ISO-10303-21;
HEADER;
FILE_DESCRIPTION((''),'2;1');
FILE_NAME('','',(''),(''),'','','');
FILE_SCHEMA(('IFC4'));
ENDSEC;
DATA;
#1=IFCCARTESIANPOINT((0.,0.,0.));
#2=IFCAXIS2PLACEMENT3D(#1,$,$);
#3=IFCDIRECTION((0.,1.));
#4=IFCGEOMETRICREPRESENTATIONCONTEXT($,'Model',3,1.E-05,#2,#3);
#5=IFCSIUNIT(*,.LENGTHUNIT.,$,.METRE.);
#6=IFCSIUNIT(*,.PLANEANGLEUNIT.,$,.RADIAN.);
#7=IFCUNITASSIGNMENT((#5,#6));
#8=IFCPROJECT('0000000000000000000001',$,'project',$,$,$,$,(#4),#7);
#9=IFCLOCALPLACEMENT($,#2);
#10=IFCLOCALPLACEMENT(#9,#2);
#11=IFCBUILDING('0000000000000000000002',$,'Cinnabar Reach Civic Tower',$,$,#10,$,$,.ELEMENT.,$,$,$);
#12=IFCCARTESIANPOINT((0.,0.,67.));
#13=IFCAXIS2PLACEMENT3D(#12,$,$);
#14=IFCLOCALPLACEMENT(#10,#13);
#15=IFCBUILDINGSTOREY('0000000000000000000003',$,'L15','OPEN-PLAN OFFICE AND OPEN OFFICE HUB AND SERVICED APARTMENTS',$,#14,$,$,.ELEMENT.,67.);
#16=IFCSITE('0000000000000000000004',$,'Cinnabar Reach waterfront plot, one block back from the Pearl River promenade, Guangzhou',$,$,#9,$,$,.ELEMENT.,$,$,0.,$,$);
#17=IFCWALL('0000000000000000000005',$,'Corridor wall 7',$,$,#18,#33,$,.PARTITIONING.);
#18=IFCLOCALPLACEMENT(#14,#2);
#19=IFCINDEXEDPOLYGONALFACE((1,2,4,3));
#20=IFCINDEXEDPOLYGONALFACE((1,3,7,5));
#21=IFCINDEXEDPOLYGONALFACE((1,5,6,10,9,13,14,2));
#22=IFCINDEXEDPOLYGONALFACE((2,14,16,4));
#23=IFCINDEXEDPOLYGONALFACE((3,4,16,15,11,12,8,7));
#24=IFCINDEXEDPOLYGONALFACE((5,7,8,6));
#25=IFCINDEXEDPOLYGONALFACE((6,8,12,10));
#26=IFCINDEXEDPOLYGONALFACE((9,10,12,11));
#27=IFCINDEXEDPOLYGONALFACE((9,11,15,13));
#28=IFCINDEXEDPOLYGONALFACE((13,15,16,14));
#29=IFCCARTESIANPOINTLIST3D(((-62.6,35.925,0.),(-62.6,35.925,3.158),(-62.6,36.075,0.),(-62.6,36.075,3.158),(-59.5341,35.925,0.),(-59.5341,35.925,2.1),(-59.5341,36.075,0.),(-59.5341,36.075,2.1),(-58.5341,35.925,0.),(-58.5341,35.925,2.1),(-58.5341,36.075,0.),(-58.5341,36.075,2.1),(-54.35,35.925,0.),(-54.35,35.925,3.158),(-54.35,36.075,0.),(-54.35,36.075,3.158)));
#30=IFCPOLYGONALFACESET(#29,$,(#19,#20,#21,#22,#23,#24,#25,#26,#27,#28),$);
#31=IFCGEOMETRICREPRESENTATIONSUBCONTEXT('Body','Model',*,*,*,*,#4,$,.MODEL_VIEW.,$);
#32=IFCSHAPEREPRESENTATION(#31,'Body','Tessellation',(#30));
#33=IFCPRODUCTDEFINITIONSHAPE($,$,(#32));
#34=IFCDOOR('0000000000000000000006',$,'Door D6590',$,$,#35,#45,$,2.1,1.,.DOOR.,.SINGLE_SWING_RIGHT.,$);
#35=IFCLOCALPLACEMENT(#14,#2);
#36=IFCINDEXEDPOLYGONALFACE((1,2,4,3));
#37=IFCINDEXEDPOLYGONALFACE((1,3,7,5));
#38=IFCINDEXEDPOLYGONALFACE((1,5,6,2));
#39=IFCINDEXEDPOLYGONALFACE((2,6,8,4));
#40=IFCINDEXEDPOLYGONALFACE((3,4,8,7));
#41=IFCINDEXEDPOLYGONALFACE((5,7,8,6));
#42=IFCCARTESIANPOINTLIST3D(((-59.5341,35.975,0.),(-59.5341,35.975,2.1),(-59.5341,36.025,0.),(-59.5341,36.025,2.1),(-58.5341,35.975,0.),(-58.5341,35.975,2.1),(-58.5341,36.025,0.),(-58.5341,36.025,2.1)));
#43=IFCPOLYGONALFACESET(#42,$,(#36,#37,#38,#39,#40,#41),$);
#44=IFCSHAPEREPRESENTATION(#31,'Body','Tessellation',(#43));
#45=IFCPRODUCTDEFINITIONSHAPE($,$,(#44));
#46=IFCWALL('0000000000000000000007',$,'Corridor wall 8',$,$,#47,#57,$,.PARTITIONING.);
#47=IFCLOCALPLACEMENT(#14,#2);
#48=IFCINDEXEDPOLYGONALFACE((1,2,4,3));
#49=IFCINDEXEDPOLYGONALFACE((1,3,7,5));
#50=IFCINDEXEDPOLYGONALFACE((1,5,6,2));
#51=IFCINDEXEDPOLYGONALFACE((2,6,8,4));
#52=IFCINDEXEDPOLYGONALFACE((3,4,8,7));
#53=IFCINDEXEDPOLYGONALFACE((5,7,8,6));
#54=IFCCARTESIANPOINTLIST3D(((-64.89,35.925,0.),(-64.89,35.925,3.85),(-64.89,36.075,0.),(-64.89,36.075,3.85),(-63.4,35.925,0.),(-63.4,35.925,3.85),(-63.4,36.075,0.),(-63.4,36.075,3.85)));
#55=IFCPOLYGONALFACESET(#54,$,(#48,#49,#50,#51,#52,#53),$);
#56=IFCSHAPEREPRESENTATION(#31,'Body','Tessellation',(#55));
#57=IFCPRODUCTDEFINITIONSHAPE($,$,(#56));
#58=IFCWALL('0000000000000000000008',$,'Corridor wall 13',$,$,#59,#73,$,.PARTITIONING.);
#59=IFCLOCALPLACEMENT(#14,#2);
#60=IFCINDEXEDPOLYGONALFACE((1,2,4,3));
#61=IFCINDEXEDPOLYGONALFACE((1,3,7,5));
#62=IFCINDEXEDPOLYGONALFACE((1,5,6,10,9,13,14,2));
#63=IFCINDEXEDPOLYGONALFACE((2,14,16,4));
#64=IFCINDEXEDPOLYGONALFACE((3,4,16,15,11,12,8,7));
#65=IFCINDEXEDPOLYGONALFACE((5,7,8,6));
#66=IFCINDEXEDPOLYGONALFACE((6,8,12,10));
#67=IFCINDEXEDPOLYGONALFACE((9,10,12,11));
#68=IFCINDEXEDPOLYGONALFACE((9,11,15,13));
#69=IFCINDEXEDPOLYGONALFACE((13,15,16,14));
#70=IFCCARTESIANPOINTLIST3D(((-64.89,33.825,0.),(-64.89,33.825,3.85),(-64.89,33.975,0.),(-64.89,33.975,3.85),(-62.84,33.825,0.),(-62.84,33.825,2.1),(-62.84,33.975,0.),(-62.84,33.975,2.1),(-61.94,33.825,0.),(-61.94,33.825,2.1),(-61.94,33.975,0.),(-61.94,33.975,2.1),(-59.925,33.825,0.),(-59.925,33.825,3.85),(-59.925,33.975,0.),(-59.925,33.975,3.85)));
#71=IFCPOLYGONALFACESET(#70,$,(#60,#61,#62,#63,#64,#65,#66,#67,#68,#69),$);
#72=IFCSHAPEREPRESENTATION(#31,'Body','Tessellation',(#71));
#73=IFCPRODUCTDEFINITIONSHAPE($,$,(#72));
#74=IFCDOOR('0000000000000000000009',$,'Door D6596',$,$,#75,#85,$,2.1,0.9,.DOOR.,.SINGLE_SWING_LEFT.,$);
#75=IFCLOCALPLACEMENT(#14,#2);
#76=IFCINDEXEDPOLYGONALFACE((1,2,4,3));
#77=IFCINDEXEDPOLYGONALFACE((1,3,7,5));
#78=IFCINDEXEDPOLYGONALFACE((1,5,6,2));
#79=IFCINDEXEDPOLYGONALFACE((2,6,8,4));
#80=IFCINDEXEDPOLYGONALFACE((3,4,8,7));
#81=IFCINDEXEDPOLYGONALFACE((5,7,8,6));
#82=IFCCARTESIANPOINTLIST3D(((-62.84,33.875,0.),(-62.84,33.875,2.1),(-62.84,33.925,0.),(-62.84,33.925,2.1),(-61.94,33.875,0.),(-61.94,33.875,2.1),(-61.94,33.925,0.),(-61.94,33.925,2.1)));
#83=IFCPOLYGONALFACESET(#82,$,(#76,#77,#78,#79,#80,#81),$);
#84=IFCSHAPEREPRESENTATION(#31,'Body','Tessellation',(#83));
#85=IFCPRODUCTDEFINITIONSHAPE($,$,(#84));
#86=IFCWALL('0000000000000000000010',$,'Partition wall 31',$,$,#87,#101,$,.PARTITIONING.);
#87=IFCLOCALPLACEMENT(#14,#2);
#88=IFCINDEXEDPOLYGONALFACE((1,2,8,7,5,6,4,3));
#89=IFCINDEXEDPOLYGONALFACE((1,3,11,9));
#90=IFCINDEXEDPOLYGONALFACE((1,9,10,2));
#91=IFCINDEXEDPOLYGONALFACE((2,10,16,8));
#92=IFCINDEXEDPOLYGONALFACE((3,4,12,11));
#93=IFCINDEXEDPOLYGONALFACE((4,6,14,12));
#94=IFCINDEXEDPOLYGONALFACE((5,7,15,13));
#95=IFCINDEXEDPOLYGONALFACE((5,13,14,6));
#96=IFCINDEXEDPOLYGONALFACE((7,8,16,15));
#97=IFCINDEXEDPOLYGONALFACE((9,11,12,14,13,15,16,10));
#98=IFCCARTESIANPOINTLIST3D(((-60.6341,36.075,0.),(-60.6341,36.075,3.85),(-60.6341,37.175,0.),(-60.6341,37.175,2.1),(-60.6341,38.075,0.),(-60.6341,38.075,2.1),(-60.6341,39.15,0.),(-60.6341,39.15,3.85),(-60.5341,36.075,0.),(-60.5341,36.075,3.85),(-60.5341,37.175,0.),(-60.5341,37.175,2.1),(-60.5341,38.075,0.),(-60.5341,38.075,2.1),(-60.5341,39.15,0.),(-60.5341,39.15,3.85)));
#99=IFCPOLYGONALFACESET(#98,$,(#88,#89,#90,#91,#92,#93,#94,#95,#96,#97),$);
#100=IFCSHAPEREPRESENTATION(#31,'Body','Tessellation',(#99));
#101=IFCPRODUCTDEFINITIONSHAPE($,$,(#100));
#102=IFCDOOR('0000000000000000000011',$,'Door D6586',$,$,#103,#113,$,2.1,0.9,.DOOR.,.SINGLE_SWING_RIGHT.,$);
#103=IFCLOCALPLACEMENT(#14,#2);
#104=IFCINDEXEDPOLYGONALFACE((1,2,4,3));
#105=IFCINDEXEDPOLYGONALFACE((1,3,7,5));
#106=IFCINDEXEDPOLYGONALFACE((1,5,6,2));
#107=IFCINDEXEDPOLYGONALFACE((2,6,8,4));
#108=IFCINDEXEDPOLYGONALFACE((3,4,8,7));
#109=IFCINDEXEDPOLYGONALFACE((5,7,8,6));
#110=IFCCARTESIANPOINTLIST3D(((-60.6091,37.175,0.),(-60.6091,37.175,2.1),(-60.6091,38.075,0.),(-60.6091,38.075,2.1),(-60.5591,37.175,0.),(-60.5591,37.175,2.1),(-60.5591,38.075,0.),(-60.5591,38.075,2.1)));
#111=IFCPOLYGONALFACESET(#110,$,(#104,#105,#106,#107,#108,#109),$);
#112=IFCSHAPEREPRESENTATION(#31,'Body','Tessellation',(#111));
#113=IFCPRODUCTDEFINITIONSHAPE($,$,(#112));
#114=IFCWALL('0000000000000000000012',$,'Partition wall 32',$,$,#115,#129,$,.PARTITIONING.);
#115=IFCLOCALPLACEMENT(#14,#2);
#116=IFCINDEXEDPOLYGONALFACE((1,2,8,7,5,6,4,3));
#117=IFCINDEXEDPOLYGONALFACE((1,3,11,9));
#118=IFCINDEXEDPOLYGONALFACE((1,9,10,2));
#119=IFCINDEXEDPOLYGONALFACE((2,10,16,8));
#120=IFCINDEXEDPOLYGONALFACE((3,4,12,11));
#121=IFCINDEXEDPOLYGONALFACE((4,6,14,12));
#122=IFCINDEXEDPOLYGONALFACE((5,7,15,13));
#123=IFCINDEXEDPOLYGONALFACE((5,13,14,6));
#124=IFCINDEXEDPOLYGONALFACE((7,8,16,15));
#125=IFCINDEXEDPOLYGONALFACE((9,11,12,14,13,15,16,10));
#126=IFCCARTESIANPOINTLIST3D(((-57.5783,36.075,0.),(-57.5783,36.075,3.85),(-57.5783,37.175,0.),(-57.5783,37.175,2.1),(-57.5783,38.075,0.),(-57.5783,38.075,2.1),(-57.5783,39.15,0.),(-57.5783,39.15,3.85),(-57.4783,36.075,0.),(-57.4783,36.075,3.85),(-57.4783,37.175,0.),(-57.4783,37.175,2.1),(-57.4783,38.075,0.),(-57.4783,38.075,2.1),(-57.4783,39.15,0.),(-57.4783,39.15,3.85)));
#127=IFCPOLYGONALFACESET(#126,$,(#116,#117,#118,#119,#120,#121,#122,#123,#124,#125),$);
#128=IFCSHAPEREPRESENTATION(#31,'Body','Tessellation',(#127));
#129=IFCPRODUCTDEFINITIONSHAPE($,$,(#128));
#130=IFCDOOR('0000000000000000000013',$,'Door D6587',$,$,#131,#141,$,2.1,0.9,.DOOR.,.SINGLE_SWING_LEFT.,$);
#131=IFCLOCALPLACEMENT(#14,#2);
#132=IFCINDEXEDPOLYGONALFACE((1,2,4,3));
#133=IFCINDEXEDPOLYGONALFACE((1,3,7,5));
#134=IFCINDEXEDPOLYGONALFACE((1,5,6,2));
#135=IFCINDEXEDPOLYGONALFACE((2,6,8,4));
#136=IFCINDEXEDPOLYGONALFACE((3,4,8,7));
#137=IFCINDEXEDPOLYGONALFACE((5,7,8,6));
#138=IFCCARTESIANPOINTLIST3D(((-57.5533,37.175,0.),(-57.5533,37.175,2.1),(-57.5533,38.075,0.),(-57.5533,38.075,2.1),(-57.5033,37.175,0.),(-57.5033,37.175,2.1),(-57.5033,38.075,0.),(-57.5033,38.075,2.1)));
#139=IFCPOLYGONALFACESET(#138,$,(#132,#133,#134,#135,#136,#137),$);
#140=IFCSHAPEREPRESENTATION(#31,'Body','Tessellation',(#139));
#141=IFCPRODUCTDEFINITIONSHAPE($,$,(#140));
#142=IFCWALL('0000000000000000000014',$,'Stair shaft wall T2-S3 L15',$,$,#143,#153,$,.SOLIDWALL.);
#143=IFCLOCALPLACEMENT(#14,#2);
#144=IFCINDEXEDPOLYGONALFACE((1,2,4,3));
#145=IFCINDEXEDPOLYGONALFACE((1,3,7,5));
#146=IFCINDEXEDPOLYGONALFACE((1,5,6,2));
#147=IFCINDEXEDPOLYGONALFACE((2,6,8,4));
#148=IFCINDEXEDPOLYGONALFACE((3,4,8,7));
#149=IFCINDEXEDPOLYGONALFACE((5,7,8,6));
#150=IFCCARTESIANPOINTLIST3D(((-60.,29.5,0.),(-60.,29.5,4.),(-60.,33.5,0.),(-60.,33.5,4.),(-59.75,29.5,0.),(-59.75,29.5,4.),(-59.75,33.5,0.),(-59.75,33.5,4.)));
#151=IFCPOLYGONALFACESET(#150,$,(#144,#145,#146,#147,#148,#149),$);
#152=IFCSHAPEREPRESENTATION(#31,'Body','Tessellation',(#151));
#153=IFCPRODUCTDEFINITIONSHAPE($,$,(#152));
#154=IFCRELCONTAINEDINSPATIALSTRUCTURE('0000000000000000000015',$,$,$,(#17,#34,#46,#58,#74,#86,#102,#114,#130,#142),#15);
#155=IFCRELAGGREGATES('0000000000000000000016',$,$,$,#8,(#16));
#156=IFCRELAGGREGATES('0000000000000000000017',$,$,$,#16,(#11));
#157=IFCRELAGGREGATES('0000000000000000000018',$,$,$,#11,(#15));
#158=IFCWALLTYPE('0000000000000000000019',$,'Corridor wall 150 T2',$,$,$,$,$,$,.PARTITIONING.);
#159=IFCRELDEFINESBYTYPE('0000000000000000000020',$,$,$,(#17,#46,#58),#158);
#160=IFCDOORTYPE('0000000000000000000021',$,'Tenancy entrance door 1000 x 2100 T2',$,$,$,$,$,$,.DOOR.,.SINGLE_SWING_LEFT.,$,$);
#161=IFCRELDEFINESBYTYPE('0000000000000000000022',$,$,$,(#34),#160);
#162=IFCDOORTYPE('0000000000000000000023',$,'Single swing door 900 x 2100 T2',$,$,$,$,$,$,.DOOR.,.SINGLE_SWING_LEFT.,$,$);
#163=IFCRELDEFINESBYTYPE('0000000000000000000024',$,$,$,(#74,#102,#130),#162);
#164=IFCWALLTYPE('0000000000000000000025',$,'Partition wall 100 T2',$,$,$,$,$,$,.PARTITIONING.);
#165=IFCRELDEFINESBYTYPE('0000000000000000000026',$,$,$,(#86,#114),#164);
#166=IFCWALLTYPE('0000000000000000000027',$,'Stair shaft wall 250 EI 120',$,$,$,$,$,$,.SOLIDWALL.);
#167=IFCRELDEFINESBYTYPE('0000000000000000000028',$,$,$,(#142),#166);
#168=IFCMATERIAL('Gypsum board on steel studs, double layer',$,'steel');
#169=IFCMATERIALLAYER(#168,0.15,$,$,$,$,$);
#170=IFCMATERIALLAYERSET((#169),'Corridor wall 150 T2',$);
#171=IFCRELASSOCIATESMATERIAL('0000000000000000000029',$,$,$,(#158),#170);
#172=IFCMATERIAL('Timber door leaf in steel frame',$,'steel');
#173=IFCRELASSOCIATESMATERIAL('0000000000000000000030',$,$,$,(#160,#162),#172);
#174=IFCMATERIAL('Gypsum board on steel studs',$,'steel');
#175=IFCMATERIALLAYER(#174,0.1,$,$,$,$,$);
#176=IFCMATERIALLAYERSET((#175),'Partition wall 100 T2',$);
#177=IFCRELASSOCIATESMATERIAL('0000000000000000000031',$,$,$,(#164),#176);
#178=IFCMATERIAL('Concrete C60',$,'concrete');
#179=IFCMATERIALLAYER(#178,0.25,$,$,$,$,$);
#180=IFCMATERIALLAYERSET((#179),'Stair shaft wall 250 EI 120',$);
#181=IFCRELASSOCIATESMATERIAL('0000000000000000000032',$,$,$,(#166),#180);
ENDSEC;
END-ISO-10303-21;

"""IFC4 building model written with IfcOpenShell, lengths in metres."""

from ifc_helpers import new_model, si_unit, direction, frame, frame_2d, origin, place, context, subcontext, project, spatial, rectangle, extrude, material, layer, layer_set, type_object, element, fill, save


model = new_model("IFC4")

# Units and contexts
model_context = context("Model", 3, precision=1e-05, world=origin(), true_north=direction((0.0, 1.0)))
body_context = subcontext(model_context, "Body", "Model", "MODEL_VIEW")
ifc_project = project(units=[si_unit("LENGTHUNIT", "METRE"), si_unit("PLANEANGLEUNIT", "RADIAN")], contexts=[model_context])

# Site, building, storey
site_placement = place(None, origin())
site = spatial("IfcSite", under=ifc_project, at=site_placement, Name="Cinnabar Reach waterfront plot, one block back from the Pearl River promenade, Guangzhou", CompositionType="ELEMENT", RefElevation=0.0)
building_placement = place(site_placement, origin())
building = spatial("IfcBuilding", under=site, at=building_placement, Name="Cinnabar Reach Civic Tower", CompositionType="ELEMENT")
storey_placement = place(building_placement, frame((0.0, 0.0, 67.0)))
storey = spatial("IfcBuildingStorey", under=building, at=storey_placement, Name="L15", Description="OPEN-PLAN OFFICE AND OPEN OFFICE HUB AND SERVICED APARTMENTS", CompositionType="ELEMENT", Elevation=67.0)

# Shared definitions
ifc_material_1 = material(Name="Concrete C60", Category="concrete")

# Wall, opening, door
ifc_material_2 = material(Name="Gypsum board on steel studs, double layer", Category="steel")
ifc_layer_1 = layer(ifc_material_2, 0.15)
ifc_layer_set_1 = layer_set([ifc_layer_1], Name="Corridor wall 150 T2")
wall_type_1 = type_object("IfcWallType", Name="Corridor wall 150 T2", PredefinedType="PARTITIONING", material=ifc_layer_set_1)
wall_1_placement = place(storey_placement, frame((-62.6, 36.0, 0.0), z_axis=(0.0, 0.0, 1.0), x_axis=(1.0, 0.0, 0.0)))
wall_1 = element("IfcWall", 1, at=wall_1_placement, inside=storey, type_object=wall_type_1, Name="Corridor wall 7", PredefinedType="PARTITIONING", context=body_context, shape_type="SweptSolid", body=[
    extrude(rectangle(XDim=8.25, YDim=0.15, at=frame_2d((4.125, 0.0))), origin(), (0.0, 0.0, 1.0), 3.158),
])
opening_1_placement = place(wall_1_placement, frame((3.0659, 0.0, 0.0)))
opening_1 = element("IfcOpeningElement", 2, at=opening_1_placement, cuts=wall_1, PredefinedType="OPENING", context=body_context, shape_type="SweptSolid", body=[
    extrude(rectangle(XDim=1.0, YDim=2.1, at=frame_2d((0.5, 1.05))), frame((0.0, 0.085, 0.0), z_axis=(0.0, -1.0, 0.0), x_axis=(1.0, 0.0, 0.0)), (0.0, 0.0, 1.0), 0.17),
])
ifc_material_3 = material(Name="Timber door leaf in steel frame", Category="steel")
door_type_1 = type_object("IfcDoorType", Name="Tenancy entrance door 1000 x 2100 T2", OperationType="SINGLE_SWING_LEFT", PredefinedType="DOOR", material=ifc_material_3)
door_1_placement = place(opening_1_placement, origin())
door_1 = element("IfcDoor", 3, at=door_1_placement, inside=storey, type_object=door_type_1, Name="Door D6590", OperationType="SINGLE_SWING_RIGHT", OverallHeight=2.1, OverallWidth=1.0, PredefinedType="DOOR", context=body_context, shape_type="SweptSolid", body=[
    extrude(rectangle(XDim=1.0, YDim=2.1, at=frame_2d((0.5, 1.05))), frame((0.0, 0.025, 0.0), z_axis=(0.0, -1.0, 0.0), x_axis=(1.0, 0.0, 0.0)), (0.0, 0.0, 1.0), 0.05),
])
fill(opening_1, door_1)

# Wall
wall_2_placement = place(storey_placement, frame((-64.89, 36.0, 0.0), z_axis=(0.0, 0.0, 1.0), x_axis=(1.0, 0.0, 0.0)))
element("IfcWall", 4, at=wall_2_placement, inside=storey, type_object=wall_type_1, Name="Corridor wall 8", PredefinedType="PARTITIONING", context=body_context, shape_type="SweptSolid", body=[
    extrude(rectangle(XDim=1.49, YDim=0.15, at=frame_2d((0.745, 0.0))), origin(), (0.0, 0.0, 1.0), 3.85),
])

# Walls, openings, doors
wall_3_placement = place(storey_placement, frame((-64.89, 33.9, 0.0), z_axis=(0.0, 0.0, 1.0), x_axis=(1.0, 0.0, 0.0)))
wall_3 = element("IfcWall", 5, at=wall_3_placement, inside=storey, type_object=wall_type_1, Name="Corridor wall 13", PredefinedType="PARTITIONING", context=body_context, shape_type="SweptSolid", body=[
    extrude(rectangle(XDim=4.965, YDim=0.15, at=frame_2d((2.4825, 0.0))), origin(), (0.0, 0.0, 1.0), 3.85),
])
opening_2_placement = place(wall_3_placement, frame((2.05, 0.0, 0.0)))
opening_2 = element("IfcOpeningElement", 6, at=opening_2_placement, cuts=wall_3, PredefinedType="OPENING", context=body_context, shape_type="SweptSolid", body=[
    extrude(rectangle(XDim=0.9, YDim=2.1, at=frame_2d((0.45, 1.05))), frame((0.0, 0.085, 0.0), z_axis=(0.0, -1.0, 0.0), x_axis=(1.0, 0.0, 0.0)), (0.0, 0.0, 1.0), 0.17),
])
door_type_2 = type_object("IfcDoorType", Name="Single swing door 900 x 2100 T2", OperationType="SINGLE_SWING_LEFT", PredefinedType="DOOR", material=ifc_material_3)
door_2_placement = place(opening_2_placement, frame((0.9, 0.0, 0.0), z_axis=(0.0, 0.0, 1.0), x_axis=(-1.0, 0.0, 0.0)))
door_2 = element("IfcDoor", 7, at=door_2_placement, inside=storey, type_object=door_type_2, Name="Door D6596", OperationType="SINGLE_SWING_LEFT", OverallHeight=2.1, OverallWidth=0.9, PredefinedType="DOOR", context=body_context, shape_type="SweptSolid", body=[
    extrude(rectangle(XDim=0.9, YDim=2.1, at=frame_2d((0.45, 1.05))), frame((0.0, 0.025, 0.0), z_axis=(0.0, -1.0, 0.0), x_axis=(1.0, 0.0, 0.0)), (0.0, 0.0, 1.0), 0.05),
])
fill(opening_2, door_2)
ifc_material_4 = material(Name="Gypsum board on steel studs", Category="steel")
ifc_layer_2 = layer(ifc_material_4, 0.1)
ifc_layer_set_2 = layer_set([ifc_layer_2], Name="Partition wall 100 T2")
wall_type_2 = type_object("IfcWallType", Name="Partition wall 100 T2", PredefinedType="PARTITIONING", material=ifc_layer_set_2)
wall_4_placement = place(storey_placement, frame((-60.5841, 36.075, 0.0), z_axis=(0.0, 0.0, 1.0), x_axis=(0.0, 1.0, 0.0)))
wall_4 = element("IfcWall", 8, at=wall_4_placement, inside=storey, type_object=wall_type_2, Name="Partition wall 31", PredefinedType="PARTITIONING", context=body_context, shape_type="SweptSolid", body=[
    extrude(rectangle(XDim=3.075, YDim=0.1, at=frame_2d((1.5375, 0.0))), origin(), (0.0, 0.0, 1.0), 3.85),
])
opening_3_placement = place(wall_4_placement, frame((1.1, 0.0, 0.0)))
opening_3 = element("IfcOpeningElement", 9, at=opening_3_placement, cuts=wall_4, PredefinedType="OPENING", context=body_context, shape_type="SweptSolid", body=[
    extrude(rectangle(XDim=0.9, YDim=2.1, at=frame_2d((0.45, 1.05))), frame((0.0, 0.06, 0.0), z_axis=(0.0, -1.0, 0.0), x_axis=(1.0, 0.0, 0.0)), (0.0, 0.0, 1.0), 0.12),
])
door_3_placement = place(opening_3_placement, origin())
door_3 = element("IfcDoor", 10, at=door_3_placement, inside=storey, type_object=door_type_2, Name="Door D6586", OperationType="SINGLE_SWING_RIGHT", OverallHeight=2.1, OverallWidth=0.9, PredefinedType="DOOR", context=body_context, shape_type="SweptSolid", body=[
    extrude(rectangle(XDim=0.9, YDim=2.1, at=frame_2d((0.45, 1.05))), frame((0.0, 0.025, 0.0), z_axis=(0.0, -1.0, 0.0), x_axis=(1.0, 0.0, 0.0)), (0.0, 0.0, 1.0), 0.05),
])
fill(opening_3, door_3)
wall_5_placement = place(storey_placement, frame((-57.5283, 36.075, 0.0), z_axis=(0.0, 0.0, 1.0), x_axis=(0.0, 1.0, 0.0)))
wall_5 = element("IfcWall", 11, at=wall_5_placement, inside=storey, type_object=wall_type_2, Name="Partition wall 32", PredefinedType="PARTITIONING", context=body_context, shape_type="SweptSolid", body=[
    extrude(rectangle(XDim=3.075, YDim=0.1, at=frame_2d((1.5375, 0.0))), origin(), (0.0, 0.0, 1.0), 3.85),
])
opening_4_placement = place(wall_5_placement, frame((1.1, 0.0, 0.0)))
opening_4 = element("IfcOpeningElement", 12, at=opening_4_placement, cuts=wall_5, PredefinedType="OPENING", context=body_context, shape_type="SweptSolid", body=[
    extrude(rectangle(XDim=0.9, YDim=2.1, at=frame_2d((0.45, 1.05))), frame((0.0, 0.06, 0.0), z_axis=(0.0, -1.0, 0.0), x_axis=(1.0, 0.0, 0.0)), (0.0, 0.0, 1.0), 0.12),
])
door_4_placement = place(opening_4_placement, origin())
door_4 = element("IfcDoor", 13, at=door_4_placement, inside=storey, type_object=door_type_2, Name="Door D6587", OperationType="SINGLE_SWING_LEFT", OverallHeight=2.1, OverallWidth=0.9, PredefinedType="DOOR", context=body_context, shape_type="SweptSolid", body=[
    extrude(rectangle(XDim=0.9, YDim=2.1, at=frame_2d((0.45, 1.05))), frame((0.0, 0.025, 0.0), z_axis=(0.0, -1.0, 0.0), x_axis=(1.0, 0.0, 0.0)), (0.0, 0.0, 1.0), 0.05),
])
fill(opening_4, door_4)

# Wall
ifc_layer_3 = layer(ifc_material_1, 0.25)
ifc_layer_set_3 = layer_set([ifc_layer_3], Name="Stair shaft wall 250 EI 120")
wall_type_3 = type_object("IfcWallType", Name="Stair shaft wall 250 EI 120", PredefinedType="SOLIDWALL", material=ifc_layer_set_3)
wall_6_placement = place(storey_placement, frame((-59.875, 33.5, 0.0), z_axis=(0.0, 0.0, 1.0), x_axis=(0.0, -1.0, 0.0)))
element("IfcWall", 14, at=wall_6_placement, inside=storey, type_object=wall_type_3, Name="Stair shaft wall T2-S3 L15", PredefinedType="SOLIDWALL", context=body_context, shape_type="SweptSolid", body=[
    extrude(rectangle(XDim=4.0, YDim=0.25, at=frame_2d((2.0, 0.0))), origin(), (0.0, 0.0, 1.0), 4.0),
])

save(model, "model.ifc")
